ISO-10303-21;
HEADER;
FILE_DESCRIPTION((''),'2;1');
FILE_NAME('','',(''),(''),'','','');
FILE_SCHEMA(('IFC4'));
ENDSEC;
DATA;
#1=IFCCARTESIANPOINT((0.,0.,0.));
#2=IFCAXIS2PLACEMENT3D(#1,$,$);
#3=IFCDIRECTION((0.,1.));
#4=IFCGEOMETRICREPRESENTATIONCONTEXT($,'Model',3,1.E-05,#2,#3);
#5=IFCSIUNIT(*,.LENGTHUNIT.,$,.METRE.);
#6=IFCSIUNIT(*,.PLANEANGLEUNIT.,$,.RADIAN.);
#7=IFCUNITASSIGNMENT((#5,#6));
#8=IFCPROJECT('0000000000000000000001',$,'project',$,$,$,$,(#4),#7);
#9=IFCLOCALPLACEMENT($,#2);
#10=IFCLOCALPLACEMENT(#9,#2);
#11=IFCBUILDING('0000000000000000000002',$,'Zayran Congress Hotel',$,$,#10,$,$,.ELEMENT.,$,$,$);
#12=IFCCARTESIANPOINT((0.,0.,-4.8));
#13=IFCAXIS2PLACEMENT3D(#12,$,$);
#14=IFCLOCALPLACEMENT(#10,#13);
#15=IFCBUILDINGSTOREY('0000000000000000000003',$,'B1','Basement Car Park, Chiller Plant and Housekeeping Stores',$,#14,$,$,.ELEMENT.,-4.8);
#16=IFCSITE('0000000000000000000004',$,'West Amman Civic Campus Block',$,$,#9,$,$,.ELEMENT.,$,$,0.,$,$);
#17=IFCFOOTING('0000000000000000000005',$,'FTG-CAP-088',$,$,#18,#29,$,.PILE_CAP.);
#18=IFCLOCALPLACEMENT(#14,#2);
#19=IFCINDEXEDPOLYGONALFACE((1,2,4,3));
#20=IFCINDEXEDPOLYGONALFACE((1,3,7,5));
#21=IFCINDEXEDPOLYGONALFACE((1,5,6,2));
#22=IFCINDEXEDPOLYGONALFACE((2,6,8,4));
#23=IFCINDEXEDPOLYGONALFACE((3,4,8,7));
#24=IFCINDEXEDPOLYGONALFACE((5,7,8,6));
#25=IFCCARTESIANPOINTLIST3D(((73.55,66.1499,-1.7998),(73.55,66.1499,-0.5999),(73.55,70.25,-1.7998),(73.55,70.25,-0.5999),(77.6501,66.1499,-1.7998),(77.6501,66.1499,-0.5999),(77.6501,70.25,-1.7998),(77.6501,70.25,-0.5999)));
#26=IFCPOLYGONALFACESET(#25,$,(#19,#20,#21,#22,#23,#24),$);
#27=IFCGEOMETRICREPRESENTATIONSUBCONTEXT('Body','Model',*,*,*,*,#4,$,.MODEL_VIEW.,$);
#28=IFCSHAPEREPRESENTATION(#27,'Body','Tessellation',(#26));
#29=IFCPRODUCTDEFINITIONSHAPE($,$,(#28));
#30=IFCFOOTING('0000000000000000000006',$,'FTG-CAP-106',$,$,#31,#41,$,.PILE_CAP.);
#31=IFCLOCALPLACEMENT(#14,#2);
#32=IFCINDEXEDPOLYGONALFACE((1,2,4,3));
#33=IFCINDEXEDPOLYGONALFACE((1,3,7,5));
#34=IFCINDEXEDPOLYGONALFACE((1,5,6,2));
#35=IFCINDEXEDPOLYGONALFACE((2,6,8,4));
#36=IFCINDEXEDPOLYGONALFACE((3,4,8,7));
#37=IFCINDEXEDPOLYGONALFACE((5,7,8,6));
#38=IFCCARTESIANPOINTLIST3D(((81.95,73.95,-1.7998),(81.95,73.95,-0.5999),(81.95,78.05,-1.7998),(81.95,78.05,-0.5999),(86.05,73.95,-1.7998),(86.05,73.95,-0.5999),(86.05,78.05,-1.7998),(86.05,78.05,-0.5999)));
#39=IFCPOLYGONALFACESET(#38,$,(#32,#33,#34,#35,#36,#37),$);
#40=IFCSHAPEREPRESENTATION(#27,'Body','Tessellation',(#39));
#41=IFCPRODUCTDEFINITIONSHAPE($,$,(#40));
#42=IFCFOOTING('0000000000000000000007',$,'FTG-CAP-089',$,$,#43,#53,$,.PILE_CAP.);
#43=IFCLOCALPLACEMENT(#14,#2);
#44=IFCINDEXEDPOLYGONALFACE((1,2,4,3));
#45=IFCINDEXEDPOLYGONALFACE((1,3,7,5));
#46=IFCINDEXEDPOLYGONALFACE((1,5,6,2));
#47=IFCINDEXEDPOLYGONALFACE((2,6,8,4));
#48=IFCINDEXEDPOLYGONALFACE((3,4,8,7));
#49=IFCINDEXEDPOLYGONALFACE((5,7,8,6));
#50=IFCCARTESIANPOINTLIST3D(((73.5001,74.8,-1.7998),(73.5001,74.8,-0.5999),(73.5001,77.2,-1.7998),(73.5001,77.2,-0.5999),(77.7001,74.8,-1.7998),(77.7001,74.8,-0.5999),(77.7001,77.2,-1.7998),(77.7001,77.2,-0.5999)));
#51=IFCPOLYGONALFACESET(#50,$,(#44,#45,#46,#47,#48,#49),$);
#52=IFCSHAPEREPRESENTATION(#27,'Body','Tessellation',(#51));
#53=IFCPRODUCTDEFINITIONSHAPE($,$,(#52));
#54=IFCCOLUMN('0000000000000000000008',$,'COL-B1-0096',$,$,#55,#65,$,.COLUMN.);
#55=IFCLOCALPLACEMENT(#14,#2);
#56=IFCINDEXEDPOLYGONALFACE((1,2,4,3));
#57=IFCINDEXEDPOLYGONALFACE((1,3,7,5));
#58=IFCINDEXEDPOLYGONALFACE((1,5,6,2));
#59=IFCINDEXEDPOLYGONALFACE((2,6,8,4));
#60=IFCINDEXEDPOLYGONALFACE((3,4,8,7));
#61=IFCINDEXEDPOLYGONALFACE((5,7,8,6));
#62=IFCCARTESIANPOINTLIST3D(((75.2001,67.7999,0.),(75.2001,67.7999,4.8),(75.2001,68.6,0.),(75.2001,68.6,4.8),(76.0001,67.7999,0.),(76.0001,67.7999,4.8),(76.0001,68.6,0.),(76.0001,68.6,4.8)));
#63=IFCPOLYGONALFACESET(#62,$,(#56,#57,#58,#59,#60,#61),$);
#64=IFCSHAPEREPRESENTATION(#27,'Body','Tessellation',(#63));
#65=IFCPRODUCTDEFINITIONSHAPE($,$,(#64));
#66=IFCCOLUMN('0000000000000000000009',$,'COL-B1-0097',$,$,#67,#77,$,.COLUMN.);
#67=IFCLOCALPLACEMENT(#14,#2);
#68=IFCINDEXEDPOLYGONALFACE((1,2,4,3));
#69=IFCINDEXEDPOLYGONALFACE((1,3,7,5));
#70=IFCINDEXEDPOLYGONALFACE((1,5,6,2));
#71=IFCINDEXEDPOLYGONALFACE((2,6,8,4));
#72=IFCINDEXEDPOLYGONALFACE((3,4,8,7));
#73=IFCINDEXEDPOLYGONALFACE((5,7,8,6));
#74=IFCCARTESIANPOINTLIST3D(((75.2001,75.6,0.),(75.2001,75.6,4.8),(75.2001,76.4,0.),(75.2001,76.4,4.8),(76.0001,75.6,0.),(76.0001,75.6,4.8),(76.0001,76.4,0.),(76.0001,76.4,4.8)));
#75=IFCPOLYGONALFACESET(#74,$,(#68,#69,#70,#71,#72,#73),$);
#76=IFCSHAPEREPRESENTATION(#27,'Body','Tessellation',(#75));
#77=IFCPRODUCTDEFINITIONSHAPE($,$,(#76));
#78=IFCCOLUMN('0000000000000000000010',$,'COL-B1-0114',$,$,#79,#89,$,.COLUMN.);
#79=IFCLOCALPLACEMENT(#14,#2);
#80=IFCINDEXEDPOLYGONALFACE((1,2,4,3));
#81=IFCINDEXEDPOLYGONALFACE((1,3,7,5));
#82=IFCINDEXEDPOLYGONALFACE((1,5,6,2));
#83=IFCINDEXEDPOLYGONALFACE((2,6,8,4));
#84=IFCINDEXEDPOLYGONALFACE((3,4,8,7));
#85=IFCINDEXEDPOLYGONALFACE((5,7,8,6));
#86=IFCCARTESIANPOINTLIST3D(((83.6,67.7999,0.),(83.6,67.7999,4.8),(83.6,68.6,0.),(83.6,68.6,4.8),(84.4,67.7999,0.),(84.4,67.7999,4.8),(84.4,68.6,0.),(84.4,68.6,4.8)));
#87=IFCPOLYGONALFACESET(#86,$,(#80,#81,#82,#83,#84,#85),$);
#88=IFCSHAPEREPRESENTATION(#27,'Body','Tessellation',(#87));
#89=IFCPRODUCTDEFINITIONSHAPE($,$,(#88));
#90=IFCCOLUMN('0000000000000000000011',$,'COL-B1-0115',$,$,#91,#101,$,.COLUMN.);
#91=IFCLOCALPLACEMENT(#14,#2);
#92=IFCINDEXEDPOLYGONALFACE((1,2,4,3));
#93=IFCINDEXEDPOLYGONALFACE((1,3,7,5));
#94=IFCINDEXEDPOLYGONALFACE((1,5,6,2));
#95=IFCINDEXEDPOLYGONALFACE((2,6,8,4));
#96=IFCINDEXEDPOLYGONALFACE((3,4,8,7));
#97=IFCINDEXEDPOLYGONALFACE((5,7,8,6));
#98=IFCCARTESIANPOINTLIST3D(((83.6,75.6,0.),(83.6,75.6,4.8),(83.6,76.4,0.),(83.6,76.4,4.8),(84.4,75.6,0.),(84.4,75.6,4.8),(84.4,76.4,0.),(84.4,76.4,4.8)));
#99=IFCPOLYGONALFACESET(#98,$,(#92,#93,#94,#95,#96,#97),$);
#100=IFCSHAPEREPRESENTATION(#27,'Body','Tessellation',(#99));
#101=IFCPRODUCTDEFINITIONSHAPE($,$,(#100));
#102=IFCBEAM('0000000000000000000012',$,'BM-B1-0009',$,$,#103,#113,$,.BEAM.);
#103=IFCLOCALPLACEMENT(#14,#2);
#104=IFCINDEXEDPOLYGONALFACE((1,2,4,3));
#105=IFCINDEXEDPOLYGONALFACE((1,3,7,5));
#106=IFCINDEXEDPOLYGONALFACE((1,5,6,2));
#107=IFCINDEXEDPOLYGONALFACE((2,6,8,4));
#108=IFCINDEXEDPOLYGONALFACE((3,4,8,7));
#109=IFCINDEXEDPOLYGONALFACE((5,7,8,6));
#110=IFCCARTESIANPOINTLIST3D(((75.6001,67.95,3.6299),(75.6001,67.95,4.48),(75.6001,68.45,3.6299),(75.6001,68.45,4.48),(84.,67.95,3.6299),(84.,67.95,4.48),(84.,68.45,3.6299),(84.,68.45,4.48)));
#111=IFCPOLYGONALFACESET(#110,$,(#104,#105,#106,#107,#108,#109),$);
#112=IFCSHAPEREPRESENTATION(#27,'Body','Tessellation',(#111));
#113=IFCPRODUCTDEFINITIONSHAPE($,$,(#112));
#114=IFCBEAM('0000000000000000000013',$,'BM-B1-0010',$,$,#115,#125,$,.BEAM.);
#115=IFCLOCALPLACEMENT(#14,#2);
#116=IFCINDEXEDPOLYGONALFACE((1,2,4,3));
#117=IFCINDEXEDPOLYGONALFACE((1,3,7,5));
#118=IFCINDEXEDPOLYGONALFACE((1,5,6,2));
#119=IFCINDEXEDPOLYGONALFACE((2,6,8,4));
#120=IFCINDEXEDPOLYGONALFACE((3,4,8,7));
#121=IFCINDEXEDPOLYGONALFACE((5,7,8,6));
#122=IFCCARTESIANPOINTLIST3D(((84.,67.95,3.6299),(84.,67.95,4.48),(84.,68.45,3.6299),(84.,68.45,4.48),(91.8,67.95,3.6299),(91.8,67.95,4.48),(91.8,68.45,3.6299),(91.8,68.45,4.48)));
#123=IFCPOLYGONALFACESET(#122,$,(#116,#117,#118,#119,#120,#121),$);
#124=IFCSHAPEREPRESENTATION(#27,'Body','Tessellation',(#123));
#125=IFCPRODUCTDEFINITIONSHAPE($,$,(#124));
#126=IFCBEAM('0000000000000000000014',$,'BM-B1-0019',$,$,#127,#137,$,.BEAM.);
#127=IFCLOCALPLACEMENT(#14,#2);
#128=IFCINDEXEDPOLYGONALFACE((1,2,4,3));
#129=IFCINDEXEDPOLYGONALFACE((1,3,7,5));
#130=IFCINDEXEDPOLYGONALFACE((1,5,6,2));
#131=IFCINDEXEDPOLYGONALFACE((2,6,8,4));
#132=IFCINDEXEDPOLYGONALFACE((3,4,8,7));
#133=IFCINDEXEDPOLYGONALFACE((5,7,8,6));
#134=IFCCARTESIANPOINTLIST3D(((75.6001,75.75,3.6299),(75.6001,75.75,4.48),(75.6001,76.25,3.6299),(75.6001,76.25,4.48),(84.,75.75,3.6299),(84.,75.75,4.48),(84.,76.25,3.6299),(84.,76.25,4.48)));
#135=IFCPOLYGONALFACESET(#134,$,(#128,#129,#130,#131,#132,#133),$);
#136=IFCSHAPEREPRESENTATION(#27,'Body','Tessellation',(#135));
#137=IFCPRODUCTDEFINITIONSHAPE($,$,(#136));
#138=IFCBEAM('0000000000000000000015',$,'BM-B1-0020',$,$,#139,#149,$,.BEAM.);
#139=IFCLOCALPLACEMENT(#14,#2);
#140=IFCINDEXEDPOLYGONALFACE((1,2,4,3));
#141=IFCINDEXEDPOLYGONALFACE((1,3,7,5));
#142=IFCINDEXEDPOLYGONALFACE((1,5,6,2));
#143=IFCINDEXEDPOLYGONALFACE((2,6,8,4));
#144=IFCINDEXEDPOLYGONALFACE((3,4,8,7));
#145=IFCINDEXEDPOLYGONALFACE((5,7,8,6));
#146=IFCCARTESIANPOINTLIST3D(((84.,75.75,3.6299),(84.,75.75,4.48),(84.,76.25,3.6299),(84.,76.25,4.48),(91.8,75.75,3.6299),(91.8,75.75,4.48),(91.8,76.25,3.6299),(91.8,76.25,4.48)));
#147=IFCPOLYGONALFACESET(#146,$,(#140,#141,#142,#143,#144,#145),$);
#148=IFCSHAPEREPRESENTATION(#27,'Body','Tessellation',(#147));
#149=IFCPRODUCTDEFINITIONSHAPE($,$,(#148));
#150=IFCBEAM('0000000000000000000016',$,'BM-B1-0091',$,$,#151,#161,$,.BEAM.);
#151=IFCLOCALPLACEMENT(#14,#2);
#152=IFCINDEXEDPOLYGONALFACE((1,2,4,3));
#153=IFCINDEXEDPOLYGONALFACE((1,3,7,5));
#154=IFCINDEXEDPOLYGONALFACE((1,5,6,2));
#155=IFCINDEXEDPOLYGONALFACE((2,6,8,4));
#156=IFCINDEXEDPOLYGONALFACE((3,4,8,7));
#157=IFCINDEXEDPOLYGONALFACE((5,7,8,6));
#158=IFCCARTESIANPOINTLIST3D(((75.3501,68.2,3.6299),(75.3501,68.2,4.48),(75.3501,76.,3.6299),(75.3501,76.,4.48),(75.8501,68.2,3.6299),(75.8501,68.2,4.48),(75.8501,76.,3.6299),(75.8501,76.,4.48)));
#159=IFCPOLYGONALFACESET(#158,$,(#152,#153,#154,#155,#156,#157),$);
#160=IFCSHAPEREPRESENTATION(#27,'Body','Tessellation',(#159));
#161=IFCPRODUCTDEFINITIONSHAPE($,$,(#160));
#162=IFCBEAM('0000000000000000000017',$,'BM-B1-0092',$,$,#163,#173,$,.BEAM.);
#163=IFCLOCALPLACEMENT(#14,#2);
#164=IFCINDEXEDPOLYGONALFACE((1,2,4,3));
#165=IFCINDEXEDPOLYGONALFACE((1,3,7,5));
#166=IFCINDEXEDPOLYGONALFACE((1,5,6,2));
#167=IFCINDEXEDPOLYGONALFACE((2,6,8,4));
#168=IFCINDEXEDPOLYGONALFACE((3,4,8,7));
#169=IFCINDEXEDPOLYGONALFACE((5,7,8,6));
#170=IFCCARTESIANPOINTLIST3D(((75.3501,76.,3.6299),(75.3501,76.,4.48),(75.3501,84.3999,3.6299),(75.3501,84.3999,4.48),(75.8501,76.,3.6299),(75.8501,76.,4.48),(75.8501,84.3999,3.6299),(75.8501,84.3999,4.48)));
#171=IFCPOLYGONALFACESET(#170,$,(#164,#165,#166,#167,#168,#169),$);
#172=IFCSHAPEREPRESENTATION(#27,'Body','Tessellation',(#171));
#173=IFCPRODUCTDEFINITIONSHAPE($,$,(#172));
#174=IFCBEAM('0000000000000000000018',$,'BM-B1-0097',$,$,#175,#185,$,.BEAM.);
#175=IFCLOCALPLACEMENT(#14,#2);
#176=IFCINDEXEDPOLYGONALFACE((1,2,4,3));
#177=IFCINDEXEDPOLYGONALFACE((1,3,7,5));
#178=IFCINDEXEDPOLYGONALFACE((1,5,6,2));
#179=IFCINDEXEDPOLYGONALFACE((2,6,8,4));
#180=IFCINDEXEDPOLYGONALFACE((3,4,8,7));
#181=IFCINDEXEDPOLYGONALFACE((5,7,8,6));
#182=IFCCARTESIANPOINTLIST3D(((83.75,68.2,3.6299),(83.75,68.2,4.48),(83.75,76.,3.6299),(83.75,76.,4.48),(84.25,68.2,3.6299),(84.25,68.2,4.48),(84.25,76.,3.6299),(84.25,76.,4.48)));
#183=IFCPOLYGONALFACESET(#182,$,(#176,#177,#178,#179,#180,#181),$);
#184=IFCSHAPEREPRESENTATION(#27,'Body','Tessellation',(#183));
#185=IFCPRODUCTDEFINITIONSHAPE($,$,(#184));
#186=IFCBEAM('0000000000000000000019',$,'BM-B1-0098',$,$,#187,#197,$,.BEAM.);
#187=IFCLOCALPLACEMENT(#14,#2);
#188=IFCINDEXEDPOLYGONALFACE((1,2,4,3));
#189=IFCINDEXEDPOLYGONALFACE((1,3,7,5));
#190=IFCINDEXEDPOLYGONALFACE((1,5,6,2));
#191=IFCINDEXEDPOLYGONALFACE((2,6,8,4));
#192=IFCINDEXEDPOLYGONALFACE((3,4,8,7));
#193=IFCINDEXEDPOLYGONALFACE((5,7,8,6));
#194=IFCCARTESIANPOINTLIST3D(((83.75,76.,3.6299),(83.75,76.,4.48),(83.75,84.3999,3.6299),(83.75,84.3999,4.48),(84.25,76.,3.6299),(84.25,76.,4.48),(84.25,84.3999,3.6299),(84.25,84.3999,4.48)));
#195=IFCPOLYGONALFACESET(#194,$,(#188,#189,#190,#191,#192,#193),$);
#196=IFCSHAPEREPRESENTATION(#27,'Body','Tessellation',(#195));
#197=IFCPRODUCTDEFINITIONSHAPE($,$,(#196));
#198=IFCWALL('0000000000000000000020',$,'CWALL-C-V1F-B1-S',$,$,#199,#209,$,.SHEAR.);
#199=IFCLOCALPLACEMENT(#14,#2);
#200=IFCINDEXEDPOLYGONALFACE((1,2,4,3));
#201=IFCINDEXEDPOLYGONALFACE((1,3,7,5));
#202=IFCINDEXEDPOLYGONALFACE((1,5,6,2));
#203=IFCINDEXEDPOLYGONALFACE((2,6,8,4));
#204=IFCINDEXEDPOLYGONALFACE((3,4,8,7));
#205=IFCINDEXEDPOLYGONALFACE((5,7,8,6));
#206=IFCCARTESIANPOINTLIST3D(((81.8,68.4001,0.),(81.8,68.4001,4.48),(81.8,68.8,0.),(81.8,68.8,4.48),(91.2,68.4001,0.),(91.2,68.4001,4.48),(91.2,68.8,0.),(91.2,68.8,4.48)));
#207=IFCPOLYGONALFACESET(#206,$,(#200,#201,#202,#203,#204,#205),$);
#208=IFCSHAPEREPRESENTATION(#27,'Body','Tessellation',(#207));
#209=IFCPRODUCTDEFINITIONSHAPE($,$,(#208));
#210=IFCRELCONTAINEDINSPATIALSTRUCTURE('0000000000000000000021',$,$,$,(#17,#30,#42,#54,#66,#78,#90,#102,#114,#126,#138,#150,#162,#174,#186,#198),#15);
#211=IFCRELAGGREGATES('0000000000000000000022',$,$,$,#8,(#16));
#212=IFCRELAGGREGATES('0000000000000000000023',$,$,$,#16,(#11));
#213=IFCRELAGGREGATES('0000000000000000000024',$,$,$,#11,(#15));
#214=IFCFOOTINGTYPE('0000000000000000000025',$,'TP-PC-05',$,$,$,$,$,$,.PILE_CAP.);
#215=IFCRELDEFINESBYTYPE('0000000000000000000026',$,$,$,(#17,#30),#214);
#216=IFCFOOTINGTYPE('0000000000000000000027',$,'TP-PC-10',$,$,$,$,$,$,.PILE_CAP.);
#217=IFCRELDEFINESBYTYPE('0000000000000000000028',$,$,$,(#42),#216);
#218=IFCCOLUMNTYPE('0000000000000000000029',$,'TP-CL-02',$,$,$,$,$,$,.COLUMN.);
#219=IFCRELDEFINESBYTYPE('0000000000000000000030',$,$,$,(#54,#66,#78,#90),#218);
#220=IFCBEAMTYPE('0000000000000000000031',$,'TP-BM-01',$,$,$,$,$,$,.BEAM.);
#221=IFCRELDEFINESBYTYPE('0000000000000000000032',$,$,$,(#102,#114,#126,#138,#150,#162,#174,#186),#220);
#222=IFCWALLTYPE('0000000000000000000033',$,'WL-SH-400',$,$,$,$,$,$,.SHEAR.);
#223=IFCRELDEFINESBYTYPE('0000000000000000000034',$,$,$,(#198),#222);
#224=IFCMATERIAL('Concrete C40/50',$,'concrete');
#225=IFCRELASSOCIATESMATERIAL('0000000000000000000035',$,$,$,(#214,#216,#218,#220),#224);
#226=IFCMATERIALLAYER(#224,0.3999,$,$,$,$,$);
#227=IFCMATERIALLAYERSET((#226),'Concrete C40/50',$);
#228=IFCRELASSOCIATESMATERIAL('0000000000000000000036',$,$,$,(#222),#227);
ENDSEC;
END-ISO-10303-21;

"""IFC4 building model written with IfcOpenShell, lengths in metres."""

from ifc_helpers import new_model, si_unit, direction, frame, frame_2d, origin, origin_2d, place, context, subcontext, project, spatial, rectangle, extrude, material, layer, layer_set, material_profile, profile_set, type_object, element, save


model = new_model("IFC4")

# Units and contexts
model_context = context("Model", 3, precision=1e-05, world=origin(), true_north=direction((0.0, 1.0)))
body_context = subcontext(model_context, "Body", "Model", "MODEL_VIEW")
ifc_project = project(units=[si_unit("LENGTHUNIT", "METRE"), si_unit("PLANEANGLEUNIT", "RADIAN")], contexts=[model_context])

# Site, building, storey
site_placement = place(None, origin())
site = spatial("IfcSite", under=ifc_project, at=site_placement, Name="West Amman Civic Campus Block", CompositionType="ELEMENT", RefElevation=0.0)
building_placement = place(site_placement, origin())
building = spatial("IfcBuilding", under=site, at=building_placement, Name="Zayran Congress Hotel", CompositionType="ELEMENT")
storey_placement = place(building_placement, frame((0.0, 0.0, -4.8)))
storey = spatial("IfcBuildingStorey", under=building, at=storey_placement, Name="B1", Description="Basement Car Park, Chiller Plant and Housekeeping Stores", CompositionType="ELEMENT", Elevation=-4.8)

# Shared definitions
ifc_material = material(Name="Concrete C40/50", Category="concrete")

# Footings
footing_type_1 = type_object("IfcFootingType", Name="TP-PC-05", PredefinedType="PILE_CAP", material=ifc_material)
for number, where, z_axis, x_axis, name in (
    (1, (75.6001, 68.2, -1.7998), (0.0, 0.0, 1.0), (1.0, 0.0, 0.0), "FTG-CAP-088"),
    (2, (84.0, 76.0, -1.7998), (0.0, 0.0, 1.0), (1.0, 0.0, 0.0), "FTG-CAP-106"),
):
    element("IfcFooting", number, at=place(storey_placement, frame(where, z_axis=z_axis, x_axis=x_axis)), inside=storey, type_object=footing_type_1, Name=name, PredefinedType="PILE_CAP", context=body_context, shape_type="SweptSolid", body=[
        extrude(rectangle(XDim=4.1001, YDim=4.1001, at=origin_2d()), origin(), (0.0, 0.0, 1.0), 1.2),
    ])
footing_type_2 = type_object("IfcFootingType", Name="TP-PC-10", PredefinedType="PILE_CAP", material=ifc_material)
footing_1_placement = place(storey_placement, frame((75.6001, 76.0, -1.7998), z_axis=(0.0, 0.0, 1.0), x_axis=(1.0, 0.0, 0.0)))
element("IfcFooting", 3, at=footing_1_placement, inside=storey, type_object=footing_type_2, Name="FTG-CAP-089", PredefinedType="PILE_CAP", context=body_context, shape_type="SweptSolid", body=[
    extrude(rectangle(XDim=4.2, YDim=2.3999, at=origin_2d()), origin(), (0.0, 0.0, 1.0), 1.2),
])

# Columns
ifc_material_profile_1 = material_profile(ifc_material, rectangle(XDim=0.8, YDim=0.8, at=origin_2d()), Name="RC 800x800")
ifc_profile_set_1 = profile_set([ifc_material_profile_1], Name="Concrete C40/50")
column_type = type_object("IfcColumnType", Name="TP-CL-02", PredefinedType="COLUMN", material=ifc_profile_set_1)
for number, where, z_axis, x_axis, name in (
    (4, (75.6001, 68.2, 0.0), (0.0, 0.0, 1.0), (1.0, 0.0, 0.0), "COL-B1-0096"),
    (5, (75.6001, 76.0, 0.0), (0.0, 0.0, 1.0), (1.0, 0.0, 0.0), "COL-B1-0097"),
    (6, (84.0, 68.2, 0.0), (0.0, 0.0, 1.0), (1.0, 0.0, 0.0), "COL-B1-0114"),
    (7, (84.0, 76.0, 0.0), (0.0, 0.0, 1.0), (1.0, 0.0, 0.0), "COL-B1-0115"),
):
    element("IfcColumn", number, at=place(storey_placement, frame(where, z_axis=z_axis, x_axis=x_axis)), inside=storey, type_object=column_type, Name=name, PredefinedType="COLUMN", context=body_context, shape_type="SweptSolid", body=[
        extrude(rectangle(XDim=0.8, YDim=0.8, at=origin_2d()), origin(), (0.0, 0.0, 1.0), 4.8),
    ])

# Beams
ifc_material_profile_2 = material_profile(ifc_material, rectangle(XDim=0.5, YDim=0.8501, at=origin_2d()), Name="RC 500x850")
ifc_profile_set_2 = profile_set([ifc_material_profile_2], Name="Concrete C40/50")
beam_type = type_object("IfcBeamType", Name="TP-BM-01", PredefinedType="BEAM", material=ifc_profile_set_2)
beam_1_placement = place(storey_placement, frame((75.6001, 68.2, 4.0549), z_axis=(1.0, 0.0, 0.0), x_axis=(0.0, 1.0, 0.0)))
element("IfcBeam", 8, at=beam_1_placement, inside=storey, type_object=beam_type, Name="BM-B1-0009", PredefinedType="BEAM", context=body_context, shape_type="SweptSolid", body=[
    extrude(rectangle(XDim=0.5, YDim=0.8501, at=origin_2d()), origin(), (0.0, 0.0, 1.0), 8.3999),
])
beam_2_placement = place(storey_placement, frame((84.0, 68.2, 4.0549), z_axis=(1.0, 0.0, 0.0), x_axis=(0.0, 1.0, 0.0)))
element("IfcBeam", 9, at=beam_2_placement, inside=storey, type_object=beam_type, Name="BM-B1-0010", PredefinedType="BEAM", context=body_context, shape_type="SweptSolid", body=[
    extrude(rectangle(XDim=0.5, YDim=0.8501, at=origin_2d()), origin(), (0.0, 0.0, 1.0), 7.8),
])
beam_3_placement = place(storey_placement, frame((75.6001, 76.0, 4.0549), z_axis=(1.0, 0.0, 0.0), x_axis=(0.0, 1.0, 0.0)))
element("IfcBeam", 10, at=beam_3_placement, inside=storey, type_object=beam_type, Name="BM-B1-0019", PredefinedType="BEAM", context=body_context, shape_type="SweptSolid", body=[
    extrude(rectangle(XDim=0.5, YDim=0.8501, at=origin_2d()), origin(), (0.0, 0.0, 1.0), 8.3999),
])
for number, where, z_axis, x_axis, name in (
    (11, (84.0, 76.0, 4.0549), (1.0, 0.0, 0.0), (0.0, 1.0, 0.0), "BM-B1-0020"),
    (12, (75.6001, 68.2, 4.0549), (0.0, 1.0, 0.0), (-1.0, 0.0, 0.0), "BM-B1-0091"),
):
    element("IfcBeam", number, at=place(storey_placement, frame(where, z_axis=z_axis, x_axis=x_axis)), inside=storey, type_object=beam_type, Name=name, PredefinedType="BEAM", context=body_context, shape_type="SweptSolid", body=[
        extrude(rectangle(XDim=0.5, YDim=0.8501, at=origin_2d()), origin(), (0.0, 0.0, 1.0), 7.8),
    ])
beam_4_placement = place(storey_placement, frame((75.6001, 76.0, 4.0549), z_axis=(0.0, 1.0, 0.0), x_axis=(-1.0, 0.0, 0.0)))
element("IfcBeam", 13, at=beam_4_placement, inside=storey, type_object=beam_type, Name="BM-B1-0092", PredefinedType="BEAM", context=body_context, shape_type="SweptSolid", body=[
    extrude(rectangle(XDim=0.5, YDim=0.8501, at=origin_2d()), origin(), (0.0, 0.0, 1.0), 8.3999),
])
beam_5_placement = place(storey_placement, frame((84.0, 68.2, 4.0549), z_axis=(0.0, 1.0, 0.0), x_axis=(-1.0, 0.0, 0.0)))
element("IfcBeam", 14, at=beam_5_placement, inside=storey, type_object=beam_type, Name="BM-B1-0097", PredefinedType="BEAM", context=body_context, shape_type="SweptSolid", body=[
    extrude(rectangle(XDim=0.5, YDim=0.8501, at=origin_2d()), origin(), (0.0, 0.0, 1.0), 7.8),
])
beam_6_placement = place(storey_placement, frame((84.0, 76.0, 4.0549), z_axis=(0.0, 1.0, 0.0), x_axis=(-1.0, 0.0, 0.0)))
element("IfcBeam", 15, at=beam_6_placement, inside=storey, type_object=beam_type, Name="BM-B1-0098", PredefinedType="BEAM", context=body_context, shape_type="SweptSolid", body=[
    extrude(rectangle(XDim=0.5, YDim=0.8501, at=origin_2d()), origin(), (0.0, 0.0, 1.0), 8.3999),
])

# Wall
ifc_layer_1 = layer(ifc_material, 0.3999)
ifc_layer_set_1 = layer_set([ifc_layer_1], Name="Concrete C40/50")
wall_type_1 = type_object("IfcWallType", Name="WL-SH-400", PredefinedType="SHEAR", material=ifc_layer_set_1)
wall_1_placement = place(storey_placement, frame((81.8, 68.6001, 0.0), z_axis=(0.0, 0.0, 1.0), x_axis=(1.0, 0.0, 0.0)))
element("IfcWall", 16, at=wall_1_placement, inside=storey, type_object=wall_type_1, Name="CWALL-C-V1F-B1-S", PredefinedType="SHEAR", context=body_context, shape_type="SweptSolid", body=[
    extrude(rectangle(XDim=9.3999, YDim=0.3999, at=frame_2d((4.7, 0.0))), origin(), (0.0, 0.0, 1.0), 4.48),
])

save(model, "model.ifc")
